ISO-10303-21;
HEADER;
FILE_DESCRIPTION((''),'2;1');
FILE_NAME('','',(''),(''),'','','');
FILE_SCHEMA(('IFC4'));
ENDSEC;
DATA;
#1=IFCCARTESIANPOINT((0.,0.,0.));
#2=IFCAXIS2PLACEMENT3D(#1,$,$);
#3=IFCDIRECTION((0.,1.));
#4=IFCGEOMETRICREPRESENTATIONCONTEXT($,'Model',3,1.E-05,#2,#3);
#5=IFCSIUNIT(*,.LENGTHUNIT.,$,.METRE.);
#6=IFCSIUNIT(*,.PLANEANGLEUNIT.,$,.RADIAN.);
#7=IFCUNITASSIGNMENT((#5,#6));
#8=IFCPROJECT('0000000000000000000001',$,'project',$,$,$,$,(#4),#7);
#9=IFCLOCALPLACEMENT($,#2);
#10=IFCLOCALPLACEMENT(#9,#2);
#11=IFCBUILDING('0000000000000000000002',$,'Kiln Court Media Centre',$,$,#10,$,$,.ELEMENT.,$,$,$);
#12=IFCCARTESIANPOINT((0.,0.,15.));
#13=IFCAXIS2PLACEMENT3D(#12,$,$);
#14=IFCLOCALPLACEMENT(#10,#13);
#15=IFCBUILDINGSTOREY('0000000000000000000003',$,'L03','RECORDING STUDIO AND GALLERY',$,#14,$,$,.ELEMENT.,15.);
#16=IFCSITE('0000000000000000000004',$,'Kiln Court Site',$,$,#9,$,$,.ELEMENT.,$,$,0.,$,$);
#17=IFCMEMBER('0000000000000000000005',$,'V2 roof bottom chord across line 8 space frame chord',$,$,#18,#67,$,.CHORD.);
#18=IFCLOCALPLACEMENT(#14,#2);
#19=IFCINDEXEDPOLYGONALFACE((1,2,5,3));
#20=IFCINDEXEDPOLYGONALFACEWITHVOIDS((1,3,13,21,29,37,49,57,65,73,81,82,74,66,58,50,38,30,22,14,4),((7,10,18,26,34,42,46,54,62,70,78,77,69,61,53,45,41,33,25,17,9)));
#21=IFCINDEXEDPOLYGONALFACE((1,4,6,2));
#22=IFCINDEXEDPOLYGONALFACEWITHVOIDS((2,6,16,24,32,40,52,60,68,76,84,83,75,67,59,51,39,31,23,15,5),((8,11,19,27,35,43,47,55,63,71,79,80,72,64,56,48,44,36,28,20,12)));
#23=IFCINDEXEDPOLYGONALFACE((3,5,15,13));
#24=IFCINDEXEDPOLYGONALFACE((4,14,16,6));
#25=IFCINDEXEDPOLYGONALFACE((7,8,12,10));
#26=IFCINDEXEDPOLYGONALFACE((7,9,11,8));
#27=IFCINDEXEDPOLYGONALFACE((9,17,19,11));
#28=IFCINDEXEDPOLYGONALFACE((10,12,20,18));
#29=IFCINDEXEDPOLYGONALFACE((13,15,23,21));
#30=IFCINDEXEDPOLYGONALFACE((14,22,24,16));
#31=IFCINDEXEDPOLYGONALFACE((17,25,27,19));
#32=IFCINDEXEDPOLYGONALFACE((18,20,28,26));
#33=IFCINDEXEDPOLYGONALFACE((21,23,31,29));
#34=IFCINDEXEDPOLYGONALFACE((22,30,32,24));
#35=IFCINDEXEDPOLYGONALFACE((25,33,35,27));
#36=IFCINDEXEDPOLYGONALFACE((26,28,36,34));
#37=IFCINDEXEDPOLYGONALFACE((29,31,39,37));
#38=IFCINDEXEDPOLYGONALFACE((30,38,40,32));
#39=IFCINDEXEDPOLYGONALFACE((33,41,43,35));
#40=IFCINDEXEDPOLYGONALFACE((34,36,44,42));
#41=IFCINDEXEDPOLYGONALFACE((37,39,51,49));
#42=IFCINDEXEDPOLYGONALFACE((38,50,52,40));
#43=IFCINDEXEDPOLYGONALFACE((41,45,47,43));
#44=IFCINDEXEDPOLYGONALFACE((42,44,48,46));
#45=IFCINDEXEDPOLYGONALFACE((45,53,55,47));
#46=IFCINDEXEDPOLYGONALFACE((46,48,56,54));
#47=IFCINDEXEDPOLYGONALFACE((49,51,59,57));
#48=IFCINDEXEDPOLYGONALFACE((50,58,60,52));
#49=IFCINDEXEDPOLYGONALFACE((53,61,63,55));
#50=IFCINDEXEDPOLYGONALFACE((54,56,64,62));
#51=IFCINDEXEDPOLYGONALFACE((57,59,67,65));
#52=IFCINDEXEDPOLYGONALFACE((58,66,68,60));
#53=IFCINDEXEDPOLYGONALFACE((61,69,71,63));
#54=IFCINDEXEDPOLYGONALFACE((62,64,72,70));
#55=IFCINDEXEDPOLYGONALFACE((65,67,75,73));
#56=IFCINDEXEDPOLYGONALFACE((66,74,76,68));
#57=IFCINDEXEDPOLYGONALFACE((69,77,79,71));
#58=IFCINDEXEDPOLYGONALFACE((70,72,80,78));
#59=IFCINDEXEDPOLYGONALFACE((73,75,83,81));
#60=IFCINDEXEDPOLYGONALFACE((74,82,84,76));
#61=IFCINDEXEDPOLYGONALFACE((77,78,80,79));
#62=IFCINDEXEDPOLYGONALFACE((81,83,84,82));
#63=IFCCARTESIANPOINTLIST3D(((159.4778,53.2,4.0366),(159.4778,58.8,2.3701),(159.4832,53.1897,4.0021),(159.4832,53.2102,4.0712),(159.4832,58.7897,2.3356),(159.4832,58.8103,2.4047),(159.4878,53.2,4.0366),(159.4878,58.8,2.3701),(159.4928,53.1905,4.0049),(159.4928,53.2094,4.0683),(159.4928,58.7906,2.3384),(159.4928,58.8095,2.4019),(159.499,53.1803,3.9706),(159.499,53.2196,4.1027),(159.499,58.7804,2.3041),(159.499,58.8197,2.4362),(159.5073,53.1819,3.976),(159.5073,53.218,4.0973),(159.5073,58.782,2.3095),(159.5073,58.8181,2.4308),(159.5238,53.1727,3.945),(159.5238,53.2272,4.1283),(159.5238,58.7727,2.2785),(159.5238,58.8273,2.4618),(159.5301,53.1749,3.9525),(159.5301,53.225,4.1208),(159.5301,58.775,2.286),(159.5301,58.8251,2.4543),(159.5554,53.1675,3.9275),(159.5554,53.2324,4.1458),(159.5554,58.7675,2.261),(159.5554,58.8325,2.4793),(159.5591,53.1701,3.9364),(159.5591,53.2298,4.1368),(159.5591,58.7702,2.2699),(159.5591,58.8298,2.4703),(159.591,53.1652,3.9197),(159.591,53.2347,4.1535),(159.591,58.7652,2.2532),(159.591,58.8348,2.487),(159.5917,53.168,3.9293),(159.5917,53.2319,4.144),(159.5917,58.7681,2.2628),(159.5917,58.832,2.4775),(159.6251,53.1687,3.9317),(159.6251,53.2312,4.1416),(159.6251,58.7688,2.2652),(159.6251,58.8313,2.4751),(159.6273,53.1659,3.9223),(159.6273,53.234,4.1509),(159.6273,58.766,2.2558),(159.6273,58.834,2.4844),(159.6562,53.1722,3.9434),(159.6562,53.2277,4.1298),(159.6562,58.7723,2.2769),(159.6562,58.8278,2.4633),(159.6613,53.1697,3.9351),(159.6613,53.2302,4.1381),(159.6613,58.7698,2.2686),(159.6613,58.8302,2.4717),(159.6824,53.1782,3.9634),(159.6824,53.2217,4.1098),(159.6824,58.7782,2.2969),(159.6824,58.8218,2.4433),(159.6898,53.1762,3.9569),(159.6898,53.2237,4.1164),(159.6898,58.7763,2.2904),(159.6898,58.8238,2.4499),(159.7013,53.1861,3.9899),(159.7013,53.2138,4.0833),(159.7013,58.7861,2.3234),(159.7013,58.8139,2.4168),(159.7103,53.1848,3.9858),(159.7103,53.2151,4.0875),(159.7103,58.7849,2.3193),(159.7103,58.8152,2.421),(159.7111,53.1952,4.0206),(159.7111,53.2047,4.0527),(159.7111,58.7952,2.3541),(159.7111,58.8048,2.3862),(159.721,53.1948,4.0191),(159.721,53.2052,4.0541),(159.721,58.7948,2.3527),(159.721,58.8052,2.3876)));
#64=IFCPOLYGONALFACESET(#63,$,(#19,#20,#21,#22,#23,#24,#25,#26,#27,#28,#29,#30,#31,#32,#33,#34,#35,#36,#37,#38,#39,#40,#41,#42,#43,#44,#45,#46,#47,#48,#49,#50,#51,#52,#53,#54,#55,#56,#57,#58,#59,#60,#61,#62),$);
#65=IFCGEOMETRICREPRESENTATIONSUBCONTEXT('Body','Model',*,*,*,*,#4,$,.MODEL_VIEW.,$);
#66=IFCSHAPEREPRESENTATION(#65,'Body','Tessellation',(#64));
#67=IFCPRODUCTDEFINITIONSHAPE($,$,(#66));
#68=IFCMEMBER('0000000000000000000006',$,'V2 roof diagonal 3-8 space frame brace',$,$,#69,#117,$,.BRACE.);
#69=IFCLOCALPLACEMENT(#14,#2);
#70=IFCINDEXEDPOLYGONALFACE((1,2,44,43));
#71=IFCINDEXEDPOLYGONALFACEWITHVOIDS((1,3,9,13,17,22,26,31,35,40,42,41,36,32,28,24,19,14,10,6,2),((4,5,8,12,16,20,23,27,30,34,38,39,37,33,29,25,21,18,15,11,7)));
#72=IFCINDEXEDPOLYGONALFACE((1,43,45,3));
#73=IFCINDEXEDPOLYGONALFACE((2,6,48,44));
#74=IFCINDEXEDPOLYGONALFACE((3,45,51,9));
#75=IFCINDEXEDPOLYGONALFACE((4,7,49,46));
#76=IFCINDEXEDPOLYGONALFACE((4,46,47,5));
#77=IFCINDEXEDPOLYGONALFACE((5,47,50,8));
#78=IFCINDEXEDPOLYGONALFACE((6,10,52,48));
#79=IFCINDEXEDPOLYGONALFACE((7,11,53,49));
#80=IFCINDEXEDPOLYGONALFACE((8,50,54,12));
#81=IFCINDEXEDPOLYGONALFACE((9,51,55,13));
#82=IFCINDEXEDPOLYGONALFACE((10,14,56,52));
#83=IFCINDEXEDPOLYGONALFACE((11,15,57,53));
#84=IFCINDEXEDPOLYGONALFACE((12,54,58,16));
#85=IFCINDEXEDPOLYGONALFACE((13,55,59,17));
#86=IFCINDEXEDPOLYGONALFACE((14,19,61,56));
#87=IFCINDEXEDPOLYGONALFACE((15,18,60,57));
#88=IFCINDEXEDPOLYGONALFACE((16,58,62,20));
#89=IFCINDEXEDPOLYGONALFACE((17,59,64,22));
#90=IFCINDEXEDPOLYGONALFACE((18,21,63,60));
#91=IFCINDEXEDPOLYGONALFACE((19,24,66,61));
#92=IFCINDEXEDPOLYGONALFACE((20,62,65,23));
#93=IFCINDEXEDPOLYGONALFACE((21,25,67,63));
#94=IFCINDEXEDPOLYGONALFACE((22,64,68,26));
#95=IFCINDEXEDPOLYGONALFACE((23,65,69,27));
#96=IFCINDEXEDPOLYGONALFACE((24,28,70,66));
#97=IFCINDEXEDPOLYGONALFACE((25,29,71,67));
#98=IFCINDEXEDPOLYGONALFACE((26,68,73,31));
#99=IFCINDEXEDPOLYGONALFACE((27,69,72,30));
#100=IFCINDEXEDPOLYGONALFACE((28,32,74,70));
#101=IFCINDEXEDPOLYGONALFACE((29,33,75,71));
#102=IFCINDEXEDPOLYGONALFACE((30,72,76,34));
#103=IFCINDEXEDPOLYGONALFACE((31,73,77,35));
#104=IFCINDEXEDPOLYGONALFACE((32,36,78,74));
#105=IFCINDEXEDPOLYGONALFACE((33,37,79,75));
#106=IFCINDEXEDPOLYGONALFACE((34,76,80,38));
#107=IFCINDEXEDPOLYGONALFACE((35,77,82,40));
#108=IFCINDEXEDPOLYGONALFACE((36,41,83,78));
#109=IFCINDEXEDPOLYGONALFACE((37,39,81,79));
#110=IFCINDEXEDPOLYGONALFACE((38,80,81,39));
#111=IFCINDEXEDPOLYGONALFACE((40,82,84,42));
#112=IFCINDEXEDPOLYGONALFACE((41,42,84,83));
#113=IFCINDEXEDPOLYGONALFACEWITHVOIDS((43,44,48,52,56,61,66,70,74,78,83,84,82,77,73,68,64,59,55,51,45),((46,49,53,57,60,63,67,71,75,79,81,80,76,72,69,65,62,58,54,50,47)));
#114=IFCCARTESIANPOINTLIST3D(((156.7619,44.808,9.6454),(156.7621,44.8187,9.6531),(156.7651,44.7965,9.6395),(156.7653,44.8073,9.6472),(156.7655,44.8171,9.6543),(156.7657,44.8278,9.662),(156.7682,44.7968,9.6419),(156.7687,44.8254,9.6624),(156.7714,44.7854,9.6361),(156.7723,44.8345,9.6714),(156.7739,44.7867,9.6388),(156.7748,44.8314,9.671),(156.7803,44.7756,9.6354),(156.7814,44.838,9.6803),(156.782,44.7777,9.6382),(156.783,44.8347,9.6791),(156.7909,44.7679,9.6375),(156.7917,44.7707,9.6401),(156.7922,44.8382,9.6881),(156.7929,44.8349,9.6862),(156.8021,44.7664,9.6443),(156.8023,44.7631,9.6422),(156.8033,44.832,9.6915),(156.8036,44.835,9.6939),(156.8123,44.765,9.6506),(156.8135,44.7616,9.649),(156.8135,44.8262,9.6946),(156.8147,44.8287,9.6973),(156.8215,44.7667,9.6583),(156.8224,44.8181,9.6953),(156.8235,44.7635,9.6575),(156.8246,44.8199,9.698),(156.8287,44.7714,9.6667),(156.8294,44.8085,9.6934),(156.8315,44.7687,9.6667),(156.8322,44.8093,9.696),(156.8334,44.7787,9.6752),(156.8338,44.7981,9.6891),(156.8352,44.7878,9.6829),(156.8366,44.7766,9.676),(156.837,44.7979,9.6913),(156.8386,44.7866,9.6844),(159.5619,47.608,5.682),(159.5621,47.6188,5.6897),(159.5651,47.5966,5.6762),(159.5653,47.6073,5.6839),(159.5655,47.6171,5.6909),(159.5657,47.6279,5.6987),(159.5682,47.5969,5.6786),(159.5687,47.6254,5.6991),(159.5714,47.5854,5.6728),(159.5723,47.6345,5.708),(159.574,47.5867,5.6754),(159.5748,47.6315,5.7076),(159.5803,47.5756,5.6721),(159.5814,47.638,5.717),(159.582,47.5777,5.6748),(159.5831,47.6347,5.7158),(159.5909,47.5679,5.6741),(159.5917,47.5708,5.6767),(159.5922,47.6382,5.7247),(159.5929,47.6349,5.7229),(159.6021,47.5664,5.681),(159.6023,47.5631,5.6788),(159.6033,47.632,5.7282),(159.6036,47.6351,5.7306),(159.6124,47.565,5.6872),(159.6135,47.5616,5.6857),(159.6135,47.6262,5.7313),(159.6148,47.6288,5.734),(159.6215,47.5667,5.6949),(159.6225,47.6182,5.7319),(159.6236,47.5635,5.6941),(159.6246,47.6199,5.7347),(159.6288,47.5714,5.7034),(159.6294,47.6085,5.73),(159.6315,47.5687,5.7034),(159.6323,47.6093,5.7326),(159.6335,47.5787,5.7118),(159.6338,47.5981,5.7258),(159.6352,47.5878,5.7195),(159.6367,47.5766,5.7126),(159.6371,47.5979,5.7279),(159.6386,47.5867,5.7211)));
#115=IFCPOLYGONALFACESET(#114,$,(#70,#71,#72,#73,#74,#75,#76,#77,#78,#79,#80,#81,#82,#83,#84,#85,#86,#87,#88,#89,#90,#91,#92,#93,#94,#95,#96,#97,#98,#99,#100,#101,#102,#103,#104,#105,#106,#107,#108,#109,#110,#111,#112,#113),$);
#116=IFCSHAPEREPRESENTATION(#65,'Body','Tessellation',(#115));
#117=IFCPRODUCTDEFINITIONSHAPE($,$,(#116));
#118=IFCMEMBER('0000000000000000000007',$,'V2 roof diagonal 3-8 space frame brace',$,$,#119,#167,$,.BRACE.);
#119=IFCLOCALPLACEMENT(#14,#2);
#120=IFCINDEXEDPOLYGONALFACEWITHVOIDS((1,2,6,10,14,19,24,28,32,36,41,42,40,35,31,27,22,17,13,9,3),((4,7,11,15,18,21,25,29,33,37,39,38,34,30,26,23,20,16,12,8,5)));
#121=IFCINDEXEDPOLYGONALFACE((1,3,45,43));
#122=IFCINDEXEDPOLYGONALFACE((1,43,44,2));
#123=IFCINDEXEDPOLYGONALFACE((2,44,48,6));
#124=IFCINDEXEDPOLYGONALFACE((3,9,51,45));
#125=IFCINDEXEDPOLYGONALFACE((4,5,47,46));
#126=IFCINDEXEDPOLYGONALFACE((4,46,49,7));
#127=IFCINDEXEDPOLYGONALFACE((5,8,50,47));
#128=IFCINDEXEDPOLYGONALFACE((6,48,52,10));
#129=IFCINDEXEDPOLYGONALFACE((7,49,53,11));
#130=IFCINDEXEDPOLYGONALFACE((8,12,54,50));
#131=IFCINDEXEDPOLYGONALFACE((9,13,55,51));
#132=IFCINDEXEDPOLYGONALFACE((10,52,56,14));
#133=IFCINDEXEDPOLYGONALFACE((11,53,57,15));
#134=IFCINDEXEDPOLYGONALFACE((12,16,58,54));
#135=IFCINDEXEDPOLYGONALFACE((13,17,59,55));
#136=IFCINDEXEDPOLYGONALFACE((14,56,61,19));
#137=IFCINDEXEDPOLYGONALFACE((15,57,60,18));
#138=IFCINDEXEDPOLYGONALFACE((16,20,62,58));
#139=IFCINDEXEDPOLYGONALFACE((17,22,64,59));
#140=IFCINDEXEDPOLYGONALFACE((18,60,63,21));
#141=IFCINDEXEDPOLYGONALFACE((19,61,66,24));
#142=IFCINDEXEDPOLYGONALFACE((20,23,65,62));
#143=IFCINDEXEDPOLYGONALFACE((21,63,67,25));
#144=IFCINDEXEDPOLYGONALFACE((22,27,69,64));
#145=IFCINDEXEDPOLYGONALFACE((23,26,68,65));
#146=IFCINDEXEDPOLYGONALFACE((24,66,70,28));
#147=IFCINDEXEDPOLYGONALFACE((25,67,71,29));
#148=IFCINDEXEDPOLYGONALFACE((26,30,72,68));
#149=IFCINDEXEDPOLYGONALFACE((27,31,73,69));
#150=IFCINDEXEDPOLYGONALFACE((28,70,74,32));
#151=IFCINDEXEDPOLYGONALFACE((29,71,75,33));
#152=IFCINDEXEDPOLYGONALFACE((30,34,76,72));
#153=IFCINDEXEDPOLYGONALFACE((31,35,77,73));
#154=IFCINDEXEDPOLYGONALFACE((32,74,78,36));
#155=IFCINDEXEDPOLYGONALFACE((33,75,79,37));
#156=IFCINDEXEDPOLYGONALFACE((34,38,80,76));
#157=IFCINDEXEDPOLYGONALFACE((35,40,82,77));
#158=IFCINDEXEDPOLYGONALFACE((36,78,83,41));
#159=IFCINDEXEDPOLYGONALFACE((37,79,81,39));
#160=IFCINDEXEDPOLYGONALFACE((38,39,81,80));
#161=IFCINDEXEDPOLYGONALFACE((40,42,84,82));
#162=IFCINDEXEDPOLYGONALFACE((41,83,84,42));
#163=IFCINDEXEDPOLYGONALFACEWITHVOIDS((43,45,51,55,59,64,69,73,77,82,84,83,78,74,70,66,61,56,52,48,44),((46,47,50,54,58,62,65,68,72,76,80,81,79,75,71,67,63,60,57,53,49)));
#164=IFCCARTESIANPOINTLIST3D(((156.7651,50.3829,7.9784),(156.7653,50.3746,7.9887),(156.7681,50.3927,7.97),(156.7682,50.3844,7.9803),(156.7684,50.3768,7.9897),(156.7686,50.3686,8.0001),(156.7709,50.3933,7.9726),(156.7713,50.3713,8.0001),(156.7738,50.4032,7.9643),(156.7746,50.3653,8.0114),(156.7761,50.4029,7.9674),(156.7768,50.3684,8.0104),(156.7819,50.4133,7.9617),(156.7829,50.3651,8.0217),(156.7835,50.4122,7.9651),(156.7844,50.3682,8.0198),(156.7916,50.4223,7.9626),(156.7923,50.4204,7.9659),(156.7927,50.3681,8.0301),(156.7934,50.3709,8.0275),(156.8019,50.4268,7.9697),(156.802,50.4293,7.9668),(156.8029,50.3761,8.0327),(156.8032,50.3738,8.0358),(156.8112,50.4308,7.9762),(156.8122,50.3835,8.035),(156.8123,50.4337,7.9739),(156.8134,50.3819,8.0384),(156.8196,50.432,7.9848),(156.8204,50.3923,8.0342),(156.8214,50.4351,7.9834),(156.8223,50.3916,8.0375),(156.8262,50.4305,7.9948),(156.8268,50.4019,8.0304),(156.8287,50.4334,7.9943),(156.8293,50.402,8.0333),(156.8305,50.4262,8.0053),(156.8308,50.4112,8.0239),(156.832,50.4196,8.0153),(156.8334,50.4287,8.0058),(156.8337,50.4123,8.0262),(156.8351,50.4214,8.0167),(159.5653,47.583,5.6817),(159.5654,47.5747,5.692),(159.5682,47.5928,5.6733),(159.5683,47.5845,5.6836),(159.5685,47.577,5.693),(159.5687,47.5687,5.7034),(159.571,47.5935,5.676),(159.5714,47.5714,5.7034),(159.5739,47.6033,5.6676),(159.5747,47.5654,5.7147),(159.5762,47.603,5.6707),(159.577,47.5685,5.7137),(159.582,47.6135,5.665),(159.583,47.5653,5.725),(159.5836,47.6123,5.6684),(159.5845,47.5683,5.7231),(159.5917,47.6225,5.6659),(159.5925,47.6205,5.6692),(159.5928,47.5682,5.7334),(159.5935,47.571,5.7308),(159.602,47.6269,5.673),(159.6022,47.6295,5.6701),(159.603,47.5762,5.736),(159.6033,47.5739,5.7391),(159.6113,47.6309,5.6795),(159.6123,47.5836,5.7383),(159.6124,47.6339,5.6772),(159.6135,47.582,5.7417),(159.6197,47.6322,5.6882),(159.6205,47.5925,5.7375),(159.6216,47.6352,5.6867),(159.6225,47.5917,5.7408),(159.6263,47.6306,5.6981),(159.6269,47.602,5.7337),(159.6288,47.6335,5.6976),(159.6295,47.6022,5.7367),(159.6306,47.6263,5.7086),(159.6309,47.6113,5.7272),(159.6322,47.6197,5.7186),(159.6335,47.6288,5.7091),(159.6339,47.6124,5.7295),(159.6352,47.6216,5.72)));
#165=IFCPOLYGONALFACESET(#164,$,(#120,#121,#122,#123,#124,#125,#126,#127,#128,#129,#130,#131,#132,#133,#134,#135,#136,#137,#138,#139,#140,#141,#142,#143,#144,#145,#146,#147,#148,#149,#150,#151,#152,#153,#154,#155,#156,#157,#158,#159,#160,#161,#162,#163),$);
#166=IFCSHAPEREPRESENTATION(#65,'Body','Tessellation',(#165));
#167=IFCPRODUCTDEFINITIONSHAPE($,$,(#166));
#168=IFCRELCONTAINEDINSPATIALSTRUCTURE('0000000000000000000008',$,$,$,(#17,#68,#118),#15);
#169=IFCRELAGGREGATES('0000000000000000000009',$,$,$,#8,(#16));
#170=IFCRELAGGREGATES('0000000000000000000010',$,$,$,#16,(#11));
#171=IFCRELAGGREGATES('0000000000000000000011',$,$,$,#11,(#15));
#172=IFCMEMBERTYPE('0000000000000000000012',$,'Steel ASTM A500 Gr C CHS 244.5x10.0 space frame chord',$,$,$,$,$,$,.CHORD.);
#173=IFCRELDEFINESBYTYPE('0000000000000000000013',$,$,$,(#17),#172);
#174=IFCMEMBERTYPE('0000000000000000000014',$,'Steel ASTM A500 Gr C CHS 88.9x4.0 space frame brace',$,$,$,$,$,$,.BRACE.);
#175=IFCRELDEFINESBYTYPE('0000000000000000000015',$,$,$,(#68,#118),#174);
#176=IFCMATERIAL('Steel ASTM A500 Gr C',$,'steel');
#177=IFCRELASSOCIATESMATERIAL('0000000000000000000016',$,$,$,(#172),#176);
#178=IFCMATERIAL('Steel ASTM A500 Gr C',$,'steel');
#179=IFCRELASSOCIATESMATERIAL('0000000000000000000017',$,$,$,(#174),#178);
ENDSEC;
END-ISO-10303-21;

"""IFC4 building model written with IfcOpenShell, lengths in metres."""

from ifc_helpers import new_model, si_unit, direction, frame, origin, origin_2d, place, context, subcontext, project, spatial, hollow_circle, extrude, material, material_profile, profile_set, type_object, element, save


model = new_model("IFC4")

# Units and contexts
model_context = context("Model", 3, precision=1e-05, world=origin(), true_north=direction((0.0, 1.0)))
body_context = subcontext(model_context, "Body", "Model", "MODEL_VIEW")
ifc_project = project(units=[si_unit("LENGTHUNIT", "METRE"), si_unit("PLANEANGLEUNIT", "RADIAN")], contexts=[model_context])

# Site, building, storey
site_placement = place(None, origin())
site = spatial("IfcSite", under=ifc_project, at=site_placement, Name="Kiln Court Site", CompositionType="ELEMENT", RefElevation=0.0)
building_placement = place(site_placement, origin())
building = spatial("IfcBuilding", under=site, at=building_placement, Name="Kiln Court Media Centre", CompositionType="ELEMENT")
storey_placement = place(building_placement, frame((0.0, 0.0, 15.0)))
storey = spatial("IfcBuildingStorey", under=building, at=storey_placement, Name="L03", Description="RECORDING STUDIO AND GALLERY", CompositionType="ELEMENT", Elevation=15.0)

# Members
ifc_material_1 = material(Name="Steel ASTM A500 Gr C", Category="steel")
ifc_material_profile_1 = material_profile(ifc_material_1, hollow_circle(Radius=0.1223, WallThickness=0.01, at=origin_2d()), Name="CHS 244.5x10.0")
ifc_profile_set_1 = profile_set([ifc_material_profile_1], Name="Steel ASTM A500 Gr C")
member_type_1 = type_object("IfcMemberType", Name="Steel ASTM A500 Gr C CHS 244.5x10.0 space frame chord", PredefinedType="CHORD", material=ifc_profile_set_1)
member_1_placement = place(storey_placement, frame((159.6001, 53.2, 4.0366), z_axis=(0.0, 0.958461, -0.285223), x_axis=(-1.0, 0.0, 0.0)))
element("IfcMember", 1, at=member_1_placement, inside=storey, type_object=member_type_1, Name="V2 roof bottom chord across line 8 space frame chord", PredefinedType="CHORD", context=body_context, shape_type="SweptSolid", body=[
    extrude(hollow_circle(Radius=0.1223, WallThickness=0.01, at=origin_2d()), origin(), (0.0, 0.0, 1.0), 5.8428),
])
ifc_material_2 = material(Name="Steel ASTM A500 Gr C", Category="steel")
ifc_material_profile_2 = material_profile(ifc_material_2, hollow_circle(Radius=0.0444, WallThickness=0.0039, at=origin_2d()), Name="CHS 88.9x4.0")
ifc_profile_set_2 = profile_set([ifc_material_profile_2], Name="Steel ASTM A500 Gr C")
member_type_2 = type_object("IfcMemberType", Name="Steel ASTM A500 Gr C CHS 88.9x4.0 space frame brace", PredefinedType="BRACE", material=ifc_profile_set_2)
member_2_placement = place(storey_placement, frame((159.6001, 47.6001, 5.7034), z_axis=(-0.499778, -0.499778, 0.70742), x_axis=(0.707107, -0.707107, 0.0)))
element("IfcMember", 2, at=member_2_placement, inside=storey, type_object=member_type_2, Name="V2 roof diagonal 3-8 space frame brace", PredefinedType="BRACE", context=body_context, shape_type="SweptSolid", body=[
    extrude(hollow_circle(Radius=0.0444, WallThickness=0.0039, at=origin_2d()), origin(), (0.0, 0.0, 1.0), 5.6025),
])
member_3_placement = place(storey_placement, frame((159.6001, 47.6001, 5.7034), z_axis=(-0.611696, 0.611642, 0.501719), x_axis=(-0.707076, -0.707138, 0.0)))
element("IfcMember", 3, at=member_3_placement, inside=storey, type_object=member_type_2, Name="V2 roof diagonal 3-8 space frame brace", PredefinedType="BRACE", context=body_context, shape_type="SweptSolid", body=[
    extrude(hollow_circle(Radius=0.0444, WallThickness=0.0039, at=origin_2d()), origin(), (0.0, 0.0, 1.0), 4.5776),
])

save(model, "model.ifc")
